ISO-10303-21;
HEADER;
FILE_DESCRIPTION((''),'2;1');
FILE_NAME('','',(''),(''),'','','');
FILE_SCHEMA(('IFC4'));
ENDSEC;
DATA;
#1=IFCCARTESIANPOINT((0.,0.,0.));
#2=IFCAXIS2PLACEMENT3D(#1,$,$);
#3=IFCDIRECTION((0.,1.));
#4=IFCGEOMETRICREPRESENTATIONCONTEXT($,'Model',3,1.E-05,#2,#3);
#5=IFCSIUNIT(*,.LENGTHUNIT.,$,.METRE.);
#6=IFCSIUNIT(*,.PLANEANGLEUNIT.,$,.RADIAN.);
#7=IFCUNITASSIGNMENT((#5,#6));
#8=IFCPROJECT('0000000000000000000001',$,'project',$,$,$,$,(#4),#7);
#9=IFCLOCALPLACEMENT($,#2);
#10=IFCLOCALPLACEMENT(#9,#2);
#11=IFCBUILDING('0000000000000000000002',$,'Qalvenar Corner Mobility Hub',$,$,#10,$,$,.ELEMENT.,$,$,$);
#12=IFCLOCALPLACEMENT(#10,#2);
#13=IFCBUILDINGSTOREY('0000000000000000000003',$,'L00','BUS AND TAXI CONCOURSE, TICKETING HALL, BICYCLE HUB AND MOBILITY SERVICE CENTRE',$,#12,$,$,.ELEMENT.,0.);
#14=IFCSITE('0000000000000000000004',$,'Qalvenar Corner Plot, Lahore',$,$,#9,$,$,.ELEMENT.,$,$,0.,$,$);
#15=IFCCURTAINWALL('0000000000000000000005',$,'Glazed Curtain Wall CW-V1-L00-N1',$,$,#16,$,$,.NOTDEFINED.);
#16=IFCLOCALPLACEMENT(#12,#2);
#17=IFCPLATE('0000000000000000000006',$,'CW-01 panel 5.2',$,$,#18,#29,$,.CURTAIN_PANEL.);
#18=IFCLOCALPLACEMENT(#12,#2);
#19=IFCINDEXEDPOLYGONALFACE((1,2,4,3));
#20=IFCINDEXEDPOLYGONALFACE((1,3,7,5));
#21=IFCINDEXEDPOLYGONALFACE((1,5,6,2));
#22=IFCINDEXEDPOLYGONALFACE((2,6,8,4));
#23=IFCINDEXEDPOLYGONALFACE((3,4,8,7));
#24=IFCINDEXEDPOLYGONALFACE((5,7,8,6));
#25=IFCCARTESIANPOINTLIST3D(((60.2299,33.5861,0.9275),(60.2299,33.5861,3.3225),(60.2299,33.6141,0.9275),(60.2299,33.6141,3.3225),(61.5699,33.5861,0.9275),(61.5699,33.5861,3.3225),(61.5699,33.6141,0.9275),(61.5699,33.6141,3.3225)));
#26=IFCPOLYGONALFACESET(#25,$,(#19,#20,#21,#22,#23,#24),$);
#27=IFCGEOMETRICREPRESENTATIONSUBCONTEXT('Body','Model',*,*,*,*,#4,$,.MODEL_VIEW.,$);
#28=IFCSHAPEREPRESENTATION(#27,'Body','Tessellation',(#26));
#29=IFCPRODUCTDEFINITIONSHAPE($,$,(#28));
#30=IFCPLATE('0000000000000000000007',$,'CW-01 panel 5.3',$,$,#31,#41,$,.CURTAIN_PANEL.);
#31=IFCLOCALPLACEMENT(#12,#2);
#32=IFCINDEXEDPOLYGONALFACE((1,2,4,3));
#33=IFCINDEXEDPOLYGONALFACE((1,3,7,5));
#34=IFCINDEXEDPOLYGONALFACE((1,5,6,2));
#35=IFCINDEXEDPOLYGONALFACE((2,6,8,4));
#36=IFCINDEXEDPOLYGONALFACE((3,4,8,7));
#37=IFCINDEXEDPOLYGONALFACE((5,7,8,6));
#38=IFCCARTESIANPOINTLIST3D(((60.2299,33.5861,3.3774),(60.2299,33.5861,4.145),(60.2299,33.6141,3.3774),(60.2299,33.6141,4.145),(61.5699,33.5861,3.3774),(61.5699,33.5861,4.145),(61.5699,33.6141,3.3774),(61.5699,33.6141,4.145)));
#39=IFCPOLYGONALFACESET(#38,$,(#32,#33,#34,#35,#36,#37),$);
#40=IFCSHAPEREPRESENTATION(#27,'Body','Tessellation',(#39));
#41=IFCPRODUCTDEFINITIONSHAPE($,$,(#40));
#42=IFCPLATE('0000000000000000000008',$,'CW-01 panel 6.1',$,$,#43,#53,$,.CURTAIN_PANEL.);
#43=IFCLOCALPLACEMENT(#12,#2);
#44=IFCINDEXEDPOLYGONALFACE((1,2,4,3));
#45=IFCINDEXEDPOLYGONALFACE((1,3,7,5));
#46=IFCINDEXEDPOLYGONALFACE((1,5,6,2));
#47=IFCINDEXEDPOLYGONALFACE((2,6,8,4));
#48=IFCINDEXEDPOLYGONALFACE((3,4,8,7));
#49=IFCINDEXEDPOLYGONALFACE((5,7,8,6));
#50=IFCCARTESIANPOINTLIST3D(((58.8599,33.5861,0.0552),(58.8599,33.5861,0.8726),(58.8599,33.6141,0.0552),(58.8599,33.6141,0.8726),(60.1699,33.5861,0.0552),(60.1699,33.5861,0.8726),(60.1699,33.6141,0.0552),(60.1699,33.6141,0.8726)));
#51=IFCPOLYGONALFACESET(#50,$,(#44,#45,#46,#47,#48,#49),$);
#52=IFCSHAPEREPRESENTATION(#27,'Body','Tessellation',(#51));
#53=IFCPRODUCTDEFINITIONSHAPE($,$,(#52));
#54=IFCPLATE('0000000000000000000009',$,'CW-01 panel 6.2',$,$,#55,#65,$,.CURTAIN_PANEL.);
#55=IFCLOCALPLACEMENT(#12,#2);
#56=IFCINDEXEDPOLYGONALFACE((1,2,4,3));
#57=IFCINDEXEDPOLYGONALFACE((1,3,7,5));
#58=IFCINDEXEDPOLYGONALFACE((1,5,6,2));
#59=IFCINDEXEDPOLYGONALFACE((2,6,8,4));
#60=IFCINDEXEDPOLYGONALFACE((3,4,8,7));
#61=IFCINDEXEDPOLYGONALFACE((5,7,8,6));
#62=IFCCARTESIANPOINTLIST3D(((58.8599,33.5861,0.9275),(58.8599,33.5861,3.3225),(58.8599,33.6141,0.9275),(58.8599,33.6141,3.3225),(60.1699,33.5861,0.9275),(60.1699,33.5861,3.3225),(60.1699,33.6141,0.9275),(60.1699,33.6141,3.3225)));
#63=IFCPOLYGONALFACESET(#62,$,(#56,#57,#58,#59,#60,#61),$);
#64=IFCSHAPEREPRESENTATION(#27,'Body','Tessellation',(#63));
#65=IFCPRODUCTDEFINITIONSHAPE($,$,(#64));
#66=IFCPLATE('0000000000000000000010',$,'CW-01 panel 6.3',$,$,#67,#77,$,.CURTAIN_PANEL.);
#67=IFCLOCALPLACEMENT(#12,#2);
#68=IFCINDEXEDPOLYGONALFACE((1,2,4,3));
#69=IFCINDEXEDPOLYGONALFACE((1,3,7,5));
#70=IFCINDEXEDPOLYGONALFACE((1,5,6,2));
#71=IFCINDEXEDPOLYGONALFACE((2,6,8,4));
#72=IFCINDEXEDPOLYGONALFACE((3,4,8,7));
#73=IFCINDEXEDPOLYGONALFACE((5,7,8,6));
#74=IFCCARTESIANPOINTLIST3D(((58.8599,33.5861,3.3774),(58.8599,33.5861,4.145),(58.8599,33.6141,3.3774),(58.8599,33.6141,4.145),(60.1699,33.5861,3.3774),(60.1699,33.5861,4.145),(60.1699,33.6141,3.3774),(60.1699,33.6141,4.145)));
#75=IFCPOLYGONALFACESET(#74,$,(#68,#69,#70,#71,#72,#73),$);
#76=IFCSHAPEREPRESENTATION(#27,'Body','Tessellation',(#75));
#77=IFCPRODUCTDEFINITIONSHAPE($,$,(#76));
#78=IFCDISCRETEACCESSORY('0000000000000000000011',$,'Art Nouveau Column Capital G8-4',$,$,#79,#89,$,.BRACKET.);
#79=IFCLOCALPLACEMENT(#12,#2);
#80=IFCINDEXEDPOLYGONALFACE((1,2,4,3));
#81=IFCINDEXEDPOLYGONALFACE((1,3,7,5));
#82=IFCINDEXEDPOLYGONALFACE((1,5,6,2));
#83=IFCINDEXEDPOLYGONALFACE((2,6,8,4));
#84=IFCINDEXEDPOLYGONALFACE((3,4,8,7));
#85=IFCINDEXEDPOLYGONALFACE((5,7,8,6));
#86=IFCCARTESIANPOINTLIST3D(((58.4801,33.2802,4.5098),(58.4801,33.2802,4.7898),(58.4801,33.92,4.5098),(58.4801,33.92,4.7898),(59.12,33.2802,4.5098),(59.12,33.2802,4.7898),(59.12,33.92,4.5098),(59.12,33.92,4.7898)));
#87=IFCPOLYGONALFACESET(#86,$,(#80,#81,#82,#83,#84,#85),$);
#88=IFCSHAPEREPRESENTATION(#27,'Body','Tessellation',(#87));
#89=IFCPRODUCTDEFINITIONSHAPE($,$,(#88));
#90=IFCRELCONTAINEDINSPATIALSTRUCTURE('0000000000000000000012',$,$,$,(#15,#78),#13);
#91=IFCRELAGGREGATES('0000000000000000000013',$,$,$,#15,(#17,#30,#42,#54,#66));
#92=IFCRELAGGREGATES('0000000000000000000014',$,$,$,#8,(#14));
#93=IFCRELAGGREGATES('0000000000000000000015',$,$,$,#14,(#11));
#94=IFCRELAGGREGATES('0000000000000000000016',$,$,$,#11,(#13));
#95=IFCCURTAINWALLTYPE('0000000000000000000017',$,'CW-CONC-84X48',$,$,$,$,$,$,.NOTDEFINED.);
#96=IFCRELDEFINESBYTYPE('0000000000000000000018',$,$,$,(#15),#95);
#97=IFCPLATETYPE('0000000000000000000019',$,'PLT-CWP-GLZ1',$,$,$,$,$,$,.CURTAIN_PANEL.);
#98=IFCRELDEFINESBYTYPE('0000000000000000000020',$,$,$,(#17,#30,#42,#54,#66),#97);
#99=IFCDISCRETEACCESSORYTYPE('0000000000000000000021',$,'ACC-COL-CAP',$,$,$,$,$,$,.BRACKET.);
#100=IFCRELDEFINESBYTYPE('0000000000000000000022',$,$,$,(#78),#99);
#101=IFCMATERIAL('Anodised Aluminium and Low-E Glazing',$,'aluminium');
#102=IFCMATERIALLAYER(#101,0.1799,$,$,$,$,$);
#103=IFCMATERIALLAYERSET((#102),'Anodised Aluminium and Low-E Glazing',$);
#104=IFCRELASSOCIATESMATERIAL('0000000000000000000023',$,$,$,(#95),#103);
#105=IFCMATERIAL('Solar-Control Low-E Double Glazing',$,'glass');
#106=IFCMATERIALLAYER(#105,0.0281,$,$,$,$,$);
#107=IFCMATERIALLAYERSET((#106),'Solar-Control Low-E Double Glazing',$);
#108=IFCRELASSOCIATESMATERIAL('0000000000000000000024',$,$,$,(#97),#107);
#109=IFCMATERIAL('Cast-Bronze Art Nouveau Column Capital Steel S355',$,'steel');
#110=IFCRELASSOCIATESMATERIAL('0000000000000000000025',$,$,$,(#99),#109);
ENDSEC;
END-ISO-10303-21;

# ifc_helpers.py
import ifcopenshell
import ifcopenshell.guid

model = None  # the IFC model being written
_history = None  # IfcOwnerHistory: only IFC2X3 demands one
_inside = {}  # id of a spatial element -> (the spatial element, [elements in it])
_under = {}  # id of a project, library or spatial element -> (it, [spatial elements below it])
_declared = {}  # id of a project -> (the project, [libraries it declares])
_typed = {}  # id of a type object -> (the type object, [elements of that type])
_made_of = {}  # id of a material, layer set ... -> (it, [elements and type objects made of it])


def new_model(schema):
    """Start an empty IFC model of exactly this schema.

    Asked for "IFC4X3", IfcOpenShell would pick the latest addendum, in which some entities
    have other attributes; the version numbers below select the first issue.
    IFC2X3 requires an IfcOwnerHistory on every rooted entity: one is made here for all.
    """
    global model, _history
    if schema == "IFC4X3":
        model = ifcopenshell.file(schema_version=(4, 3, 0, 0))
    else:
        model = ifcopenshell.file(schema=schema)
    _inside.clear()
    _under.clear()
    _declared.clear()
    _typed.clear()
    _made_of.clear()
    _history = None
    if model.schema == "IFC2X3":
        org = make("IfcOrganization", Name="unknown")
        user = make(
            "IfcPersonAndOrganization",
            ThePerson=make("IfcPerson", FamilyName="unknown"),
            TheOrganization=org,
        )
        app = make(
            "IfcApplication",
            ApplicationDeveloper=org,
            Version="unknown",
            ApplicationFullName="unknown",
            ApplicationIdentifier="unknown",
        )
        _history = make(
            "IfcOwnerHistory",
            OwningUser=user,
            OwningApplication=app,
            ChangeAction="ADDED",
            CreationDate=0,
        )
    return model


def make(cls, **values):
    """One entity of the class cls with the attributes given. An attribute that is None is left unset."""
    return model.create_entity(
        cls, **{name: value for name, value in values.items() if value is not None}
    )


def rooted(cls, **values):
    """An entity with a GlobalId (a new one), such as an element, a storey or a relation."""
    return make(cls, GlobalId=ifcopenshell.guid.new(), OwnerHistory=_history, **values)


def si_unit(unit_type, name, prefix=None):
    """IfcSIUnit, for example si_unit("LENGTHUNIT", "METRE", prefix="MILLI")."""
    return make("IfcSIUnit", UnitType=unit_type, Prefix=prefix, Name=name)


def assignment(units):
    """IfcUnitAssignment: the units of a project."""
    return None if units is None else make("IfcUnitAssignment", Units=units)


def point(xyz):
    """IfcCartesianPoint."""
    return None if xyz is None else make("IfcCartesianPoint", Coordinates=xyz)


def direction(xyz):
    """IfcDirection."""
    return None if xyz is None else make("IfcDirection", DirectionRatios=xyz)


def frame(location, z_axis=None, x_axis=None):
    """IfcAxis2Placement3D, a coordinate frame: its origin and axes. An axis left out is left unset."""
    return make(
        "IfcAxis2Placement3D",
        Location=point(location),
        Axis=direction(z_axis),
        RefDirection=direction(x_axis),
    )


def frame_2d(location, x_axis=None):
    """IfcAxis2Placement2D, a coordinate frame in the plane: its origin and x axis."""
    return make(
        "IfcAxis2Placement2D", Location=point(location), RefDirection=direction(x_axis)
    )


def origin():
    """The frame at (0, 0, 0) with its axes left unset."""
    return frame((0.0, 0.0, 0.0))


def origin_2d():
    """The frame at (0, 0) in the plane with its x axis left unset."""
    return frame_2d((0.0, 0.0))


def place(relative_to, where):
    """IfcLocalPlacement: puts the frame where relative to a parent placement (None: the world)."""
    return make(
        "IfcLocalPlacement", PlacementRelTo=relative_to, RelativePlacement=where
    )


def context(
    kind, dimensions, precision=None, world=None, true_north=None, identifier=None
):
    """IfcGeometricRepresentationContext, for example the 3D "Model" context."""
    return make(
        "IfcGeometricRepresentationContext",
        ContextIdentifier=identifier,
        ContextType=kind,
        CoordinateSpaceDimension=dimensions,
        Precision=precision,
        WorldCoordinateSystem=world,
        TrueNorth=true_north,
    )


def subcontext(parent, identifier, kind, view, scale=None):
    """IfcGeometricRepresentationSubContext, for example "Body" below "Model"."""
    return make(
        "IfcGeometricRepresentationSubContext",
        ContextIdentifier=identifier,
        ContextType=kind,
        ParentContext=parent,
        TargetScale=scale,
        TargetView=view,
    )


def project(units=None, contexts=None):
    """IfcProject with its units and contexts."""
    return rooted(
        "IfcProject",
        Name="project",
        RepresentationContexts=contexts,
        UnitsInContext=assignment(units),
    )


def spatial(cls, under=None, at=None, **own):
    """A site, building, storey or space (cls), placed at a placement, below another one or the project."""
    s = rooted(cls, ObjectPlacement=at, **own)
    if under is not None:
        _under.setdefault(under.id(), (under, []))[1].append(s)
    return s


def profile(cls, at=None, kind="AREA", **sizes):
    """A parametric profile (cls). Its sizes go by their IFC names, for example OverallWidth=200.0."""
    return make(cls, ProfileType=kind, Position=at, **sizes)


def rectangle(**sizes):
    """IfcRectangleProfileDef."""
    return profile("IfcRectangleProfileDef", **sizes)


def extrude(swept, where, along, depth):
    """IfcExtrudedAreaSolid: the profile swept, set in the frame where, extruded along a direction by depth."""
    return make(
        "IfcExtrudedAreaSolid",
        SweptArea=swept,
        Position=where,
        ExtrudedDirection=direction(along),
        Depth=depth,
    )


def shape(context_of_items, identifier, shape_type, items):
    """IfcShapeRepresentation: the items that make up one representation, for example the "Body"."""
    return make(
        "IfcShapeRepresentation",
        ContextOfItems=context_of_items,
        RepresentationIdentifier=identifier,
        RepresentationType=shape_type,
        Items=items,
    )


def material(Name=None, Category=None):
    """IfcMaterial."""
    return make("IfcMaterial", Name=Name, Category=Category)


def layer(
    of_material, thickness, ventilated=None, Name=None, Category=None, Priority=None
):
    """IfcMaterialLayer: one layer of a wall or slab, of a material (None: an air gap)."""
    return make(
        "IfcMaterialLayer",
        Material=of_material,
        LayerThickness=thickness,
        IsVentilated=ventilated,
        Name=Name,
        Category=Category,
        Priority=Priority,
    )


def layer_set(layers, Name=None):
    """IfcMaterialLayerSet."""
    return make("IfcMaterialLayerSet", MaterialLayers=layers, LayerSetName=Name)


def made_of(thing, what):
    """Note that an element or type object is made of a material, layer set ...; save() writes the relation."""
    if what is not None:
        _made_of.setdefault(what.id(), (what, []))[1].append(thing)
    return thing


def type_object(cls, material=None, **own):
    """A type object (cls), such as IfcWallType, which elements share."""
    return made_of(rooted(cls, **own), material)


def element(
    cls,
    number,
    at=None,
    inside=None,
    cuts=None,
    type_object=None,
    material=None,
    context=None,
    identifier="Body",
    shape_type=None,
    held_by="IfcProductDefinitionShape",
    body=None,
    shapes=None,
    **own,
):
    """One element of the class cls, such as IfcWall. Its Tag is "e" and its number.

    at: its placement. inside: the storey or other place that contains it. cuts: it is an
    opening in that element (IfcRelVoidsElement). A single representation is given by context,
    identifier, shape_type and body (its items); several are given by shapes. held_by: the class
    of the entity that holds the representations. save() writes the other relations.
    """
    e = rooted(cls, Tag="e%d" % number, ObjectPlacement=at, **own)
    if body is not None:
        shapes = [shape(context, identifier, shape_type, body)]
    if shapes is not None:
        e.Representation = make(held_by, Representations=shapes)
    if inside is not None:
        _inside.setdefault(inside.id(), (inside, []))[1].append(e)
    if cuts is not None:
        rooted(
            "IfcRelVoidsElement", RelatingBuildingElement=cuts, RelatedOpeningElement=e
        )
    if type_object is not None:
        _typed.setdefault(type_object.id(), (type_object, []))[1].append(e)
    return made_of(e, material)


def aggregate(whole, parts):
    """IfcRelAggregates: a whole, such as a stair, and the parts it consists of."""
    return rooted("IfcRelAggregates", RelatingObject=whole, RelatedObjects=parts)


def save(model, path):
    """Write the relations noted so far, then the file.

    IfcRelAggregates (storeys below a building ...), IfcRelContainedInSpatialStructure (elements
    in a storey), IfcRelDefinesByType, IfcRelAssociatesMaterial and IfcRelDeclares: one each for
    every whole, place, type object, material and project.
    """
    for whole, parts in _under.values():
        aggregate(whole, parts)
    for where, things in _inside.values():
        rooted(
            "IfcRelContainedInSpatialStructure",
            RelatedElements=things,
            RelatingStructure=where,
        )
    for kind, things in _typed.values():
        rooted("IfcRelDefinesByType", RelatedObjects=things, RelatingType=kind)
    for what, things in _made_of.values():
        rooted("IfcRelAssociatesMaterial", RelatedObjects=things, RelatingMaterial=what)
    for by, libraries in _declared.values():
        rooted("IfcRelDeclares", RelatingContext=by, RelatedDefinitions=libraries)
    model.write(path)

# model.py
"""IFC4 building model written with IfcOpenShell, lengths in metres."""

from ifc_helpers import new_model, si_unit, direction, frame, origin, origin_2d, place, context, subcontext, project, spatial, rectangle, extrude, material, layer, layer_set, type_object, element, aggregate, save


model = new_model("IFC4")

# Units and contexts
model_context = context("Model", 3, precision=1e-05, world=origin(), true_north=direction((0.0, 1.0)))
body_context = subcontext(model_context, "Body", "Model", "MODEL_VIEW")
ifc_project = project(units=[si_unit("LENGTHUNIT", "METRE"), si_unit("PLANEANGLEUNIT", "RADIAN")], contexts=[model_context])

# Site, building, storey
site_placement = place(None, origin())
site = spatial("IfcSite", under=ifc_project, at=site_placement, Name="Qalvenar Corner Plot, Lahore", CompositionType="ELEMENT", RefElevation=0.0)
building_placement = place(site_placement, origin())
building = spatial("IfcBuilding", under=site, at=building_placement, Name="Qalvenar Corner Mobility Hub", CompositionType="ELEMENT")
storey_placement = place(building_placement, origin())
storey = spatial("IfcBuildingStorey", under=building, at=storey_placement, Name="L00", Description="BUS AND TAXI CONCOURSE, TICKETING HALL, BICYCLE HUB AND MOBILITY SERVICE CENTRE", CompositionType="ELEMENT", Elevation=0.0)

# Curtain wall, plates
ifc_material_1 = material(Name="Anodised Aluminium and Low-E Glazing", Category="aluminium")
ifc_layer_1 = layer(ifc_material_1, 0.1799)
ifc_layer_set_1 = layer_set([ifc_layer_1], Name="Anodised Aluminium and Low-E Glazing")
curtain_wall_type = type_object("IfcCurtainWallType", Name="CW-CONC-84X48", PredefinedType="NOTDEFINED", material=ifc_layer_set_1)
curtain_wall_placement = place(storey_placement, origin())
curtain_wall = element("IfcCurtainWall", 1, at=curtain_wall_placement, inside=storey, type_object=curtain_wall_type, Name="Glazed Curtain Wall CW-V1-L00-N1", PredefinedType="NOTDEFINED")
ifc_material_2 = material(Name="Solar-Control Low-E Double Glazing", Category="glass")
ifc_layer_2 = layer(ifc_material_2, 0.0281)
ifc_layer_set_2 = layer_set([ifc_layer_2], Name="Solar-Control Low-E Double Glazing")
plate_type = type_object("IfcPlateType", Name="PLT-CWP-GLZ1", PredefinedType="CURTAIN_PANEL", material=ifc_layer_set_2)
plate_1_placement = place(storey_placement, frame((60.8999, 33.6001, 0.9275), z_axis=(0.0, 0.0, 1.0), x_axis=(-1.0, 0.0, 0.0)))
plate_1 = element("IfcPlate", 2, at=plate_1_placement, type_object=plate_type, Name="CW-01 panel 5.2", PredefinedType="CURTAIN_PANEL", context=body_context, shape_type="SweptSolid", body=[
    extrude(rectangle(XDim=1.3401, YDim=0.0281, at=origin_2d()), origin(), (0.0, 0.0, 1.0), 2.395),
])
plate_2_placement = place(storey_placement, frame((60.8999, 33.6001, 3.3774), z_axis=(0.0, 0.0, 1.0), x_axis=(-1.0, 0.0, 0.0)))
plate_2 = element("IfcPlate", 3, at=plate_2_placement, type_object=plate_type, Name="CW-01 panel 5.3", PredefinedType="CURTAIN_PANEL", context=body_context, shape_type="SweptSolid", body=[
    extrude(rectangle(XDim=1.3401, YDim=0.0281, at=origin_2d()), origin(), (0.0, 0.0, 1.0), 0.7676),
])
plate_3_placement = place(storey_placement, frame((59.5149, 33.6001, 0.0552), z_axis=(0.0, 0.0, 1.0), x_axis=(-1.0, 0.0, 0.0)))
plate_3 = element("IfcPlate", 4, at=plate_3_placement, type_object=plate_type, Name="CW-01 panel 6.1", PredefinedType="CURTAIN_PANEL", context=body_context, shape_type="SweptSolid", body=[
    extrude(rectangle(XDim=1.3101, YDim=0.0281, at=origin_2d()), origin(), (0.0, 0.0, 1.0), 0.8174),
])
plate_4_placement = place(storey_placement, frame((59.5149, 33.6001, 0.9275), z_axis=(0.0, 0.0, 1.0), x_axis=(-1.0, 0.0, 0.0)))
plate_4 = element("IfcPlate", 5, at=plate_4_placement, type_object=plate_type, Name="CW-01 panel 6.2", PredefinedType="CURTAIN_PANEL", context=body_context, shape_type="SweptSolid", body=[
    extrude(rectangle(XDim=1.3101, YDim=0.0281, at=origin_2d()), origin(), (0.0, 0.0, 1.0), 2.395),
])
plate_5_placement = place(storey_placement, frame((59.5149, 33.6001, 3.3774), z_axis=(0.0, 0.0, 1.0), x_axis=(-1.0, 0.0, 0.0)))
plate_5 = element("IfcPlate", 6, at=plate_5_placement, type_object=plate_type, Name="CW-01 panel 6.3", PredefinedType="CURTAIN_PANEL", context=body_context, shape_type="SweptSolid", body=[
    extrude(rectangle(XDim=1.3101, YDim=0.0281, at=origin_2d()), origin(), (0.0, 0.0, 1.0), 0.7676),
])
aggregate(curtain_wall, [plate_1, plate_2, plate_3, plate_4, plate_5])

# Discrete accessory
ifc_material_3 = material(Name="Cast-Bronze Art Nouveau Column Capital Steel S355", Category="steel")
discrete_accessory_type = type_object("IfcDiscreteAccessoryType", Name="ACC-COL-CAP", PredefinedType="BRACKET", material=ifc_material_3)
discrete_accessory_placement = place(storey_placement, frame((58.8, 33.6001, 4.5098), z_axis=(0.0, 0.0, 1.0), x_axis=(1.0, 0.0, 0.0)))
element("IfcDiscreteAccessory", 7, at=discrete_accessory_placement, inside=storey, type_object=discrete_accessory_type, Name="Art Nouveau Column Capital G8-4", PredefinedType="BRACKET", context=body_context, shape_type="SweptSolid", body=[
    extrude(rectangle(XDim=0.6399, YDim=0.6399, at=origin_2d()), origin(), (0.0, 0.0, 1.0), 0.28),
])

save(model, "model.ifc")
